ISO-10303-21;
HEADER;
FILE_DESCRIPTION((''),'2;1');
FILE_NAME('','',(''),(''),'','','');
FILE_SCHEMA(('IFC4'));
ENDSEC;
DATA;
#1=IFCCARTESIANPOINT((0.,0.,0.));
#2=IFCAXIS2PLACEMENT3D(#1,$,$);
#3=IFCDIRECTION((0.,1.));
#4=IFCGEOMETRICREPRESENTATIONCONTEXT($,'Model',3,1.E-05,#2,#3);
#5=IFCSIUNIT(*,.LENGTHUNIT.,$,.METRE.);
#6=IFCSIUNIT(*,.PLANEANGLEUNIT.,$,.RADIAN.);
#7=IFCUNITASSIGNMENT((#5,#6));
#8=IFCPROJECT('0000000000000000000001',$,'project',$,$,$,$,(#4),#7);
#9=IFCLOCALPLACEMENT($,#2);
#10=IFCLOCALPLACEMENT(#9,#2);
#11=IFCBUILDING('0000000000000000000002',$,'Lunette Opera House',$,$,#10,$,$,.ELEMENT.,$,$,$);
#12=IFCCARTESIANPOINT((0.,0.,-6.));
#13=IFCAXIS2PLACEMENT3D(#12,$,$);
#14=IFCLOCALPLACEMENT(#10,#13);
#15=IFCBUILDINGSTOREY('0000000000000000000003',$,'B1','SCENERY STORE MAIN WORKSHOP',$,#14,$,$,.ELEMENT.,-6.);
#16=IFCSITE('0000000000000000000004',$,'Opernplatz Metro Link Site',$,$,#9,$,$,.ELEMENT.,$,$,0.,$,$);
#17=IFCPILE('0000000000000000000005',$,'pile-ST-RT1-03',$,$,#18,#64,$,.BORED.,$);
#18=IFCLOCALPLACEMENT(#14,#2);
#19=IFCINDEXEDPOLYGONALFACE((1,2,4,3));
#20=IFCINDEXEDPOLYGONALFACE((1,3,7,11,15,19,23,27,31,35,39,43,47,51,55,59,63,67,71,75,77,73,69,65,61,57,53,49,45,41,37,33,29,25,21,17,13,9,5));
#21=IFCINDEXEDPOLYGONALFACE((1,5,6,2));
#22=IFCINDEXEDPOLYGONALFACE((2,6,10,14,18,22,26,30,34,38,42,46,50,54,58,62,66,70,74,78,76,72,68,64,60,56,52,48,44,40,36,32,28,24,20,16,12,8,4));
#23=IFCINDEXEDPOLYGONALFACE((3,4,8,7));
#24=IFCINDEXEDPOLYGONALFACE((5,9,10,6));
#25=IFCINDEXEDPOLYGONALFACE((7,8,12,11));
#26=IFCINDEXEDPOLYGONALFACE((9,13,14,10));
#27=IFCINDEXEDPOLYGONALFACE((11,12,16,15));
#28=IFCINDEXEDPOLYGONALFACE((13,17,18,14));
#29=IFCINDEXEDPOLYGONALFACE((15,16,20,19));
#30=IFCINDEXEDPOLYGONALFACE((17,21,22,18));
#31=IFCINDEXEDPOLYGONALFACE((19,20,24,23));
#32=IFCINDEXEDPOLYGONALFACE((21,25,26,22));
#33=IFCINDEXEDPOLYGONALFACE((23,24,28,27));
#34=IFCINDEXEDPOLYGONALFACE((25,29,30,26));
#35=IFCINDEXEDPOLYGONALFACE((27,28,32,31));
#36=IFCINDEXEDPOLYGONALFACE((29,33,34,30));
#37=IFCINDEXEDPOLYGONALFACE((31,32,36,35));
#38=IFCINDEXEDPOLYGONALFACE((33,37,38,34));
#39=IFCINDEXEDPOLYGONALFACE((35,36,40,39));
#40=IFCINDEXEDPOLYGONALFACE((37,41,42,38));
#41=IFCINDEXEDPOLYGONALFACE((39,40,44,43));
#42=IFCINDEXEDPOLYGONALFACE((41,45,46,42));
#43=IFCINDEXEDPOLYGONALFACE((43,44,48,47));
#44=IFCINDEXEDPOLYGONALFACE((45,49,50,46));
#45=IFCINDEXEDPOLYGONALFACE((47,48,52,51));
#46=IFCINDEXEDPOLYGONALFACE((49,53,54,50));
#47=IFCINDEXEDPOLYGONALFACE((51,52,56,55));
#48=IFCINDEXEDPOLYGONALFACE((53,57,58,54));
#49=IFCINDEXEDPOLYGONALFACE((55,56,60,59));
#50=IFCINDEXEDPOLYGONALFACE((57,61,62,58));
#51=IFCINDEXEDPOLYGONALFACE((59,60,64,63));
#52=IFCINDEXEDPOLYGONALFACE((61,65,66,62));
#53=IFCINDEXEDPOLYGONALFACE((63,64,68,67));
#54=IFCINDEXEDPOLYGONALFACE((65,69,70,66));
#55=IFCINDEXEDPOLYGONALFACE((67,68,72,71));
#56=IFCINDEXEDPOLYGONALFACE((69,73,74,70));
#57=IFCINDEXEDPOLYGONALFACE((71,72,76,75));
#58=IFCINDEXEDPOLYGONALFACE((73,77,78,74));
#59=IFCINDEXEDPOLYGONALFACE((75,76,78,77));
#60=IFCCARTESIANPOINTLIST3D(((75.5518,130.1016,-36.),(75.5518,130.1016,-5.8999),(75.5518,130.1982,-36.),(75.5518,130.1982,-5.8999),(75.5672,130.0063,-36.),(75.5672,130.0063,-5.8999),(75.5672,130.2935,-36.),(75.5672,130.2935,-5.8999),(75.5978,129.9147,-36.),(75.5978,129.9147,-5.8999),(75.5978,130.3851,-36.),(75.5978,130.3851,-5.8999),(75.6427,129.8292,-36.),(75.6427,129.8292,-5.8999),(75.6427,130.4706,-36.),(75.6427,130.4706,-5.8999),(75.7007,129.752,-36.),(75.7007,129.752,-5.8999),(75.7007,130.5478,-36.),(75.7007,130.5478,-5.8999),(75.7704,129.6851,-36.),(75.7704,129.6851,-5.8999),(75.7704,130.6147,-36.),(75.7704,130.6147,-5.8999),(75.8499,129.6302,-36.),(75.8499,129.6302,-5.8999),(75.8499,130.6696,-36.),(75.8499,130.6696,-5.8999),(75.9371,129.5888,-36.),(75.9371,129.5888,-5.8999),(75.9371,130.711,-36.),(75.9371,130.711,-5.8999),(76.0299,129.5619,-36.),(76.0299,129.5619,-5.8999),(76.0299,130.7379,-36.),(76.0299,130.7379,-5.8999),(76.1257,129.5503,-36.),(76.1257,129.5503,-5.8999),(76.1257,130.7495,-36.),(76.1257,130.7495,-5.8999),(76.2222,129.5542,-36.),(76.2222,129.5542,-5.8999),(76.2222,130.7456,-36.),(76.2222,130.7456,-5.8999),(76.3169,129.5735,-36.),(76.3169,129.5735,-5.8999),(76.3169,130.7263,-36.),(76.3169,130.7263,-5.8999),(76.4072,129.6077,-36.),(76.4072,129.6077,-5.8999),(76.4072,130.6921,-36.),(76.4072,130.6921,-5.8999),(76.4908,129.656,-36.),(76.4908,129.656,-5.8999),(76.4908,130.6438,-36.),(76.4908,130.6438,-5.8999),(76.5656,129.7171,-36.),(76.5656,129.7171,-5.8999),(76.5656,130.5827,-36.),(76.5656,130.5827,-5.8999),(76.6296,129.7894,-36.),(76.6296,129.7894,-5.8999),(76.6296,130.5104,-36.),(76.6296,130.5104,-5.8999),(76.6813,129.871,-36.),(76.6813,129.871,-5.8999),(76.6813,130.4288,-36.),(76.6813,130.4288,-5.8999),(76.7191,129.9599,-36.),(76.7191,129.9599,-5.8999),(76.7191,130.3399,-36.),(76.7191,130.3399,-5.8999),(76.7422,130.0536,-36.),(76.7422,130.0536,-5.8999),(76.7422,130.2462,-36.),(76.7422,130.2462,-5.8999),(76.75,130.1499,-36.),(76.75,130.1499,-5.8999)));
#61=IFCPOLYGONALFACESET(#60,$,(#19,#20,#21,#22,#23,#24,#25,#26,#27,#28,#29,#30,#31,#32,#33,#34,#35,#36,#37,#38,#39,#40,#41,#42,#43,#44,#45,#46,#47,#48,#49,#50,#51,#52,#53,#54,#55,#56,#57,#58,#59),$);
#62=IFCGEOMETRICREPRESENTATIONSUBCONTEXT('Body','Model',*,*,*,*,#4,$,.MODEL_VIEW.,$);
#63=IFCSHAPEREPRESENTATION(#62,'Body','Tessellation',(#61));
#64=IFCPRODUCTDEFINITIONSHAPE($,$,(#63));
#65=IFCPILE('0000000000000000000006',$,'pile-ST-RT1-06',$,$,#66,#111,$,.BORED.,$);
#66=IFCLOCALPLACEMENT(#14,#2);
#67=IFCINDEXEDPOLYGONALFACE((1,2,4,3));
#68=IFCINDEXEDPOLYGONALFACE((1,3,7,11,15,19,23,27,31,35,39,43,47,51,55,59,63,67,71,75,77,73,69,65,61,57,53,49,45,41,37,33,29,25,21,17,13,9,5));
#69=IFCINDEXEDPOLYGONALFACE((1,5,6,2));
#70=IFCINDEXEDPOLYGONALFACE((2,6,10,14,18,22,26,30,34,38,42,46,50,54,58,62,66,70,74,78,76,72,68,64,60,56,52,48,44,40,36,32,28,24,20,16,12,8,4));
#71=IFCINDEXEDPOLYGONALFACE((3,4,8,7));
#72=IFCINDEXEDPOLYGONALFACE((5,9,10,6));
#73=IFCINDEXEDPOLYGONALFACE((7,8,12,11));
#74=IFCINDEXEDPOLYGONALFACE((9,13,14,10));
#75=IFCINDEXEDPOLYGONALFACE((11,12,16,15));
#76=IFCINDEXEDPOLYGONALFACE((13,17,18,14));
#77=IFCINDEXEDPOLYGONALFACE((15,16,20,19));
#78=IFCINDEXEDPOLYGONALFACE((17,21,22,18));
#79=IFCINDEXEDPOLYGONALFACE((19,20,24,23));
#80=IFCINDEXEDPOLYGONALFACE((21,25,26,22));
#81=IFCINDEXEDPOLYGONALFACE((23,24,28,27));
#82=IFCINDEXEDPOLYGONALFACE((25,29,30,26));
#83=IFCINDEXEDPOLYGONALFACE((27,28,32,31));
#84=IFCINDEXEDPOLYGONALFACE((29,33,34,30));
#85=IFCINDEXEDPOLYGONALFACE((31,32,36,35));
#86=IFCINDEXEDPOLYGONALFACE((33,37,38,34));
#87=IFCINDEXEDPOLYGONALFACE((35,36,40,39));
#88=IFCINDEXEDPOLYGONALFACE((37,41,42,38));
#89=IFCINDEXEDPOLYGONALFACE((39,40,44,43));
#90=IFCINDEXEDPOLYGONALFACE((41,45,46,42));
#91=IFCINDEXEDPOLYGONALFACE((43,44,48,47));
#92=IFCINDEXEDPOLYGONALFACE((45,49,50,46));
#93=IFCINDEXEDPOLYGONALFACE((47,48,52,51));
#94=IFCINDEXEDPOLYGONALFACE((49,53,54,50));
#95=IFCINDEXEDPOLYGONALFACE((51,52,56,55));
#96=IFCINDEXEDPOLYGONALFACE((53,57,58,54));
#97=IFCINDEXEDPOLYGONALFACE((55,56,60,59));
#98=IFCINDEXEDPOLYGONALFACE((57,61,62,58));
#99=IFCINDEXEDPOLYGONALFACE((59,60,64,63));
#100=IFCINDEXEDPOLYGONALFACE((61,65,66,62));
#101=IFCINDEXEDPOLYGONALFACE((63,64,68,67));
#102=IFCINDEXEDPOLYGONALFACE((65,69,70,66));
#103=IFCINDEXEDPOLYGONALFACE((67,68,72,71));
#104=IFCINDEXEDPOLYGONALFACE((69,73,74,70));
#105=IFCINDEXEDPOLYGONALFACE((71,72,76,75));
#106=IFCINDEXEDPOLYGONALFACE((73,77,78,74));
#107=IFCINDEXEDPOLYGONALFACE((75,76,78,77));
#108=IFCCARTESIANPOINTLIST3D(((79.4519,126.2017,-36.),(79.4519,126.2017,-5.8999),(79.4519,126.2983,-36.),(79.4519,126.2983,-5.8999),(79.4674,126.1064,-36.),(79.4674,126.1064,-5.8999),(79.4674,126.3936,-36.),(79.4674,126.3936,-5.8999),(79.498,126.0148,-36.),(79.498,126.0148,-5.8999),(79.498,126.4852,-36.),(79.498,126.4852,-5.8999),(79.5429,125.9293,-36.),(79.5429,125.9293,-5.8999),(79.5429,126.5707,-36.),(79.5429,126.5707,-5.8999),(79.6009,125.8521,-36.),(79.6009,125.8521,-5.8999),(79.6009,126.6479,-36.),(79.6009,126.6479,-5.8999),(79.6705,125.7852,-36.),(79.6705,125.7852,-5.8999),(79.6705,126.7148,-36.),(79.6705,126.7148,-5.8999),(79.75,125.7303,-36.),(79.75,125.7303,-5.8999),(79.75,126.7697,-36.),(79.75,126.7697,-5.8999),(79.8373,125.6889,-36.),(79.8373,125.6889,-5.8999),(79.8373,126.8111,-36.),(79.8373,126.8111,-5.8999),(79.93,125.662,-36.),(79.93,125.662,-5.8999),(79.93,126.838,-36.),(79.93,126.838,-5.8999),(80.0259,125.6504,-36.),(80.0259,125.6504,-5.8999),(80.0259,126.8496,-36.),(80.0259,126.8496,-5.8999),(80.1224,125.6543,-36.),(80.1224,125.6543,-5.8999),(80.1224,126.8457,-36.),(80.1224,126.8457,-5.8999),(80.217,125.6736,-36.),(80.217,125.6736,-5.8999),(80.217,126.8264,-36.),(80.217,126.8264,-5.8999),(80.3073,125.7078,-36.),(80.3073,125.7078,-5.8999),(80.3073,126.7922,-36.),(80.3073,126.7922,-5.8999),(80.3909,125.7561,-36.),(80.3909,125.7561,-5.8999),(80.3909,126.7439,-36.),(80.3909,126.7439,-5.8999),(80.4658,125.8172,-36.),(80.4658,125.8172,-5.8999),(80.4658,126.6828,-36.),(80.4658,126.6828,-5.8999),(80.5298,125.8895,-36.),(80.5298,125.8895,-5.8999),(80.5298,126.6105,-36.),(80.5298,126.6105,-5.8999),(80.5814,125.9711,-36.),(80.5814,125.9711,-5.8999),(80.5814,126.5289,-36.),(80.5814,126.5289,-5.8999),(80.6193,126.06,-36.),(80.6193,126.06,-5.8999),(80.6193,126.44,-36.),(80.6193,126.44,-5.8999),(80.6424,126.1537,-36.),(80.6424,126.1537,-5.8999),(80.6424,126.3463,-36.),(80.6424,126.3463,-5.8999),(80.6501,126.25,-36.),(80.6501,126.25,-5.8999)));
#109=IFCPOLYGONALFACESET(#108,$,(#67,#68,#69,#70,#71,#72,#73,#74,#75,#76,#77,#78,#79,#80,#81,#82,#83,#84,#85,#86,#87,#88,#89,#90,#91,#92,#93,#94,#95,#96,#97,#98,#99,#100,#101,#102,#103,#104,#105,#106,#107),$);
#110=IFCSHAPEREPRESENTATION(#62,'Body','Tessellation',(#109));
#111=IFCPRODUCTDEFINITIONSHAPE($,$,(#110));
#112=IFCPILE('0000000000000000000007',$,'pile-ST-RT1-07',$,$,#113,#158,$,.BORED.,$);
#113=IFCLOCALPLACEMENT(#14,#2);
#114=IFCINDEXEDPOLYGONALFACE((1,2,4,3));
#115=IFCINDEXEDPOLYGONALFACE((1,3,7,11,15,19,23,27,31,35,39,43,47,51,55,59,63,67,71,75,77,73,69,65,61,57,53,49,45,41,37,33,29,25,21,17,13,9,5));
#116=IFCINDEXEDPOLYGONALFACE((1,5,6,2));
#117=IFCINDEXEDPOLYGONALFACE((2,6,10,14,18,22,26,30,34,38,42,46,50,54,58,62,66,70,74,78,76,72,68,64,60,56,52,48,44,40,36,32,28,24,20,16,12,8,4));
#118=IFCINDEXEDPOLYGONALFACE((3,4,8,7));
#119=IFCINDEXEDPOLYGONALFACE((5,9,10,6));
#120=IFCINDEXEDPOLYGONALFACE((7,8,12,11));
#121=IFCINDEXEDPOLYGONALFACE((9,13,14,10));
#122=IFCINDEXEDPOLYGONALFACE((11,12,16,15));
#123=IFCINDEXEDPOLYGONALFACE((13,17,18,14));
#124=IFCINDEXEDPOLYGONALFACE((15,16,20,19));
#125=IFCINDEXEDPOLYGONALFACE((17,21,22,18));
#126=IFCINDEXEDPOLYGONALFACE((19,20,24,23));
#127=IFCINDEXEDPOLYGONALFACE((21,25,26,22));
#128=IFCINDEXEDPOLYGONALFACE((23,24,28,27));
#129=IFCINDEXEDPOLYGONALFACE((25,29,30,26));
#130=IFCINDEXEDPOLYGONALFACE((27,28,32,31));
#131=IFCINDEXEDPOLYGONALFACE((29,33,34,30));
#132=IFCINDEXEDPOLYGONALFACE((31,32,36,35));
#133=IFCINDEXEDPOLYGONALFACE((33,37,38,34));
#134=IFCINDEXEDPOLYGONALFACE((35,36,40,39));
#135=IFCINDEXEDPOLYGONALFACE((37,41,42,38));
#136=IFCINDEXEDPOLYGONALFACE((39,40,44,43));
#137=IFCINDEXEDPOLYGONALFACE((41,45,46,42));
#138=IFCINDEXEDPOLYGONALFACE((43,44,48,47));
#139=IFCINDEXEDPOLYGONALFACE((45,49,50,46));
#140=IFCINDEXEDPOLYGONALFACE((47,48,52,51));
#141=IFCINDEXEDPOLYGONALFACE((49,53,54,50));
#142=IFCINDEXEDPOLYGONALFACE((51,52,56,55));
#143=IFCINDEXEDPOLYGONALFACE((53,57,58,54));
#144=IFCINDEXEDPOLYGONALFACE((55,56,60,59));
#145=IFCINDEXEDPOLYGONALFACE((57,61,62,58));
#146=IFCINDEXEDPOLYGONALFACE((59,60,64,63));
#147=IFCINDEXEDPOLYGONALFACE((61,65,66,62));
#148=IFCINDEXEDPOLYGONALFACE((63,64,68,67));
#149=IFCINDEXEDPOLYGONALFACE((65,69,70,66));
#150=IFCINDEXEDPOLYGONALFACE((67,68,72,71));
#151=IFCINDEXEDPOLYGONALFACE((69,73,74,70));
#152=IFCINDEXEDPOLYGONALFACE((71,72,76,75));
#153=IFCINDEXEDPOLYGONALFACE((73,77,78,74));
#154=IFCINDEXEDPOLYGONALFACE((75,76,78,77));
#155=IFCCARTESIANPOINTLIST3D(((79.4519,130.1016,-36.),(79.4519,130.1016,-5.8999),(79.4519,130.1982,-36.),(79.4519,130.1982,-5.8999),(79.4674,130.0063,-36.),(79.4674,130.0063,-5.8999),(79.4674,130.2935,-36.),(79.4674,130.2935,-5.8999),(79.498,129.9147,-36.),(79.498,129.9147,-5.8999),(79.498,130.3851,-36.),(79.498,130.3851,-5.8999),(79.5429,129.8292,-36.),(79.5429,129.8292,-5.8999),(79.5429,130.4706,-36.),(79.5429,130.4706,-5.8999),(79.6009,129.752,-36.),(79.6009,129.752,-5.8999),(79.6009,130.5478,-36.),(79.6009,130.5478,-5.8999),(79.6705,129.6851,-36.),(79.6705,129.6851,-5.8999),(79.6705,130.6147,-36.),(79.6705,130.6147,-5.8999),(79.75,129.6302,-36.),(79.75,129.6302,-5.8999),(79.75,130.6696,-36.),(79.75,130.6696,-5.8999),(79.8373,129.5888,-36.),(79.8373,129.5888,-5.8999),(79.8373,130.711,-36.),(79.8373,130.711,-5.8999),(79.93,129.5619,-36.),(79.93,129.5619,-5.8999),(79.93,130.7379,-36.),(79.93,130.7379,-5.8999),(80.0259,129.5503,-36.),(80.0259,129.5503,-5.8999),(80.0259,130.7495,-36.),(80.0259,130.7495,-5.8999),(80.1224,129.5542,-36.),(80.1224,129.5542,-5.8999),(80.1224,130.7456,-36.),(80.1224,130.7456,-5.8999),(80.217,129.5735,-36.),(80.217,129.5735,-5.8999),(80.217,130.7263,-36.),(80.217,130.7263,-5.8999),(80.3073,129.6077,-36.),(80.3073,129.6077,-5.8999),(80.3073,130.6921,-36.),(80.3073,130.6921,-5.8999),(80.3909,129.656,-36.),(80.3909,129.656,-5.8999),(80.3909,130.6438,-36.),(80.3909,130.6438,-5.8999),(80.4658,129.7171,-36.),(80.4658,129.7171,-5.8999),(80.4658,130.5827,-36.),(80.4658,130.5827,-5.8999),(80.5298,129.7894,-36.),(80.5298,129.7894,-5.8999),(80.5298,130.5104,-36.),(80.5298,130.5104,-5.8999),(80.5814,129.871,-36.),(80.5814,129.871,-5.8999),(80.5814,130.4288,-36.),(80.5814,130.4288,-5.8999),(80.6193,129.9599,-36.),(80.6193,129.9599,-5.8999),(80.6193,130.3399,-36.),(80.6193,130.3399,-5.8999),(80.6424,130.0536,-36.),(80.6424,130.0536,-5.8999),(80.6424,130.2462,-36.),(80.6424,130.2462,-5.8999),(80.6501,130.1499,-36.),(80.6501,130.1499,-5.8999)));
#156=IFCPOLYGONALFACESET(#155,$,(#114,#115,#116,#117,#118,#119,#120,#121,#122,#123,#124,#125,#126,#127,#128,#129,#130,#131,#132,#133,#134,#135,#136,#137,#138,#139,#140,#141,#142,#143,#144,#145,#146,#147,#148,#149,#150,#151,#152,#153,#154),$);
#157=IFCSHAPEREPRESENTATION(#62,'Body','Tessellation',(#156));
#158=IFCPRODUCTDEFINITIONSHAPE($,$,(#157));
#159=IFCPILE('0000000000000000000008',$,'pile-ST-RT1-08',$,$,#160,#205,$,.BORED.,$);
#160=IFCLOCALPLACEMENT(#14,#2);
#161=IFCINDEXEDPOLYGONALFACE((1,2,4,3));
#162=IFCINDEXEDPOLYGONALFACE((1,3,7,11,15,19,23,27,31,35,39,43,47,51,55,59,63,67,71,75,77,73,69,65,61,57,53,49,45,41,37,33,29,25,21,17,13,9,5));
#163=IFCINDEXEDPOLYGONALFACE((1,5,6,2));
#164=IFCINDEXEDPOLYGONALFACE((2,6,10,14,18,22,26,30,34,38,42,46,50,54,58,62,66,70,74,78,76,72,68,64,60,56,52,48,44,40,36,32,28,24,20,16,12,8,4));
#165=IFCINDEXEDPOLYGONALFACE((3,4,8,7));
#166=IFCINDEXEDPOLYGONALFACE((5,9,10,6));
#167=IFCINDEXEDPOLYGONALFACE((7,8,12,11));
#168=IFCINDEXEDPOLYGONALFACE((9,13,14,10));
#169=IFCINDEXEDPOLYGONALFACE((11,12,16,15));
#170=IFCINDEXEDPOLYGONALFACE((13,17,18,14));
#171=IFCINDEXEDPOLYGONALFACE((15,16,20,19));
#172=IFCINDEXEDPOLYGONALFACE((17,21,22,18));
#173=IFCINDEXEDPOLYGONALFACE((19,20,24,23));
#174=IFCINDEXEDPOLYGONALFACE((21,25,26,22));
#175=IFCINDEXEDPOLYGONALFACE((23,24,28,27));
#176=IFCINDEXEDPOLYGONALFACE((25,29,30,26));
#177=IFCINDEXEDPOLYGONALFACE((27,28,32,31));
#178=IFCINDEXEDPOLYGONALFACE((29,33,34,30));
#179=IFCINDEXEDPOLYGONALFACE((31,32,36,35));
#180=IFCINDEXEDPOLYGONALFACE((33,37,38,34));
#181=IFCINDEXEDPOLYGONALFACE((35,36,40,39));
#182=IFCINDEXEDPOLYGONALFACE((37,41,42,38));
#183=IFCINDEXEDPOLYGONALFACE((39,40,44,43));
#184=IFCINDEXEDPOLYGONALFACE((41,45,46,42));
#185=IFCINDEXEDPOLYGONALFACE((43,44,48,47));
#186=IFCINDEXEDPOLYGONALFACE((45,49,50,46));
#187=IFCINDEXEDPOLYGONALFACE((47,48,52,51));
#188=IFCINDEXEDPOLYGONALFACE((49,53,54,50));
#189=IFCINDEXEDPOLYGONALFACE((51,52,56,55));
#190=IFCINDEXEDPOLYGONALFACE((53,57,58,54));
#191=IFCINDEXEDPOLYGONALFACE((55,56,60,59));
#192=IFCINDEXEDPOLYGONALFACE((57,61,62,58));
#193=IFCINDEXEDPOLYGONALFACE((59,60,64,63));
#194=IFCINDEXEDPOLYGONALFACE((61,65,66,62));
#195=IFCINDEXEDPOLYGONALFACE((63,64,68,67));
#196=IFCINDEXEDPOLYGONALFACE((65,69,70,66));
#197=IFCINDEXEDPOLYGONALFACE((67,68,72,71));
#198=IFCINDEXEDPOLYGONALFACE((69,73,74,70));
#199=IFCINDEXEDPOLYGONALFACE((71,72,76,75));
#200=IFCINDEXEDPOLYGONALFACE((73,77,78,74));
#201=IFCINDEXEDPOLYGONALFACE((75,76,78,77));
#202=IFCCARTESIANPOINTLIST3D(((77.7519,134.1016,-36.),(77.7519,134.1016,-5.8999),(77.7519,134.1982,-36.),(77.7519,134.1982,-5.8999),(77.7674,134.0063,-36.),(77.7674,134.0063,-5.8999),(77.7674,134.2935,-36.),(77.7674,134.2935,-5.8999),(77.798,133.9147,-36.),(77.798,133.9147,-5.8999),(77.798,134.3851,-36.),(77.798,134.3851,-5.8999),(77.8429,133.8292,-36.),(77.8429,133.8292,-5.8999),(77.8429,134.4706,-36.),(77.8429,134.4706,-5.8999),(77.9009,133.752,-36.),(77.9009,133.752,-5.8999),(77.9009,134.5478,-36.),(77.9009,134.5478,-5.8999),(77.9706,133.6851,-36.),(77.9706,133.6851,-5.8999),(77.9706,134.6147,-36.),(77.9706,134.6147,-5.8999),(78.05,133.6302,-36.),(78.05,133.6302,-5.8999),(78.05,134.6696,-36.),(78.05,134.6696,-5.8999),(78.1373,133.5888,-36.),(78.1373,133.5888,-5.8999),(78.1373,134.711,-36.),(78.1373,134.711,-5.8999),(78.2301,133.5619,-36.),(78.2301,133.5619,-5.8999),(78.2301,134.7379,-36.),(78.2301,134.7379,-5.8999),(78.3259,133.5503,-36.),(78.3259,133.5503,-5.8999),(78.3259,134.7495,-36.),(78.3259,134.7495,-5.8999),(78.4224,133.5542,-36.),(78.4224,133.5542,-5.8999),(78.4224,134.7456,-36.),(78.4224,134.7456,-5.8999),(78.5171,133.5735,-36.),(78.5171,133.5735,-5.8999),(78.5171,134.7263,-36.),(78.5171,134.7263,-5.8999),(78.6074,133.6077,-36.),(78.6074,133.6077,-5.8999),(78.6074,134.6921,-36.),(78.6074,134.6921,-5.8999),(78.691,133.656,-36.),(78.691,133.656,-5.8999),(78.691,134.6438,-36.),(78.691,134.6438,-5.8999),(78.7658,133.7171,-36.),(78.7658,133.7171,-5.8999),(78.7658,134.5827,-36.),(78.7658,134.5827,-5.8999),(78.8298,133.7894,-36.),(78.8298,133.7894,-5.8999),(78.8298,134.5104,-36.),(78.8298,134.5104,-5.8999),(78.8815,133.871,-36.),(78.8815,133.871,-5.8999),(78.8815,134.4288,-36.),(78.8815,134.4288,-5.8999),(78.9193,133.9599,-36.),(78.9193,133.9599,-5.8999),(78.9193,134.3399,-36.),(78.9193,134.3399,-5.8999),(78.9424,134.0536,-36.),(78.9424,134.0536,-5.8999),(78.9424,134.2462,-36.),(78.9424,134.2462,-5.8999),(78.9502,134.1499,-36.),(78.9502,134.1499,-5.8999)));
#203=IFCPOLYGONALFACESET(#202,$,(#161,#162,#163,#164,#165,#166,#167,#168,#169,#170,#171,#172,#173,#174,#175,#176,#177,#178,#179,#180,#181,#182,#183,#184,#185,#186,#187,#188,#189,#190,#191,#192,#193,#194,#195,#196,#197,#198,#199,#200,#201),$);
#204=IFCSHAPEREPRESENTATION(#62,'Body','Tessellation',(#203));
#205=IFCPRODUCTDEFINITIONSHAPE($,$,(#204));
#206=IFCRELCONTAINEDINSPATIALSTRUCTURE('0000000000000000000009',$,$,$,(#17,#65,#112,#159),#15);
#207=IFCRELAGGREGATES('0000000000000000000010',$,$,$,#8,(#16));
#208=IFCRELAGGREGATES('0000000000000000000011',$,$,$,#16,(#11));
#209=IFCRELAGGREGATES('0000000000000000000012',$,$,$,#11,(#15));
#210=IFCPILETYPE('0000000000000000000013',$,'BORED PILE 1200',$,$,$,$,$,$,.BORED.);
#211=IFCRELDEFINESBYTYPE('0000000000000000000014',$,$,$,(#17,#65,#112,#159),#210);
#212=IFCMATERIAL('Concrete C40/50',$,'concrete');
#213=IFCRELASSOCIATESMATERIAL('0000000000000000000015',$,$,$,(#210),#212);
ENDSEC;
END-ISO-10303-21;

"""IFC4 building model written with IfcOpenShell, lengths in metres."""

from ifc_helpers import new_model, si_unit, direction, frame, origin, origin_2d, place, context, subcontext, project, spatial, circle, extrude, material, material_profile, profile_set, type_object, element, save


model = new_model("IFC4")

# Units and contexts
model_context = context("Model", 3, precision=1e-05, world=origin(), true_north=direction((0.0, 1.0)))
body_context = subcontext(model_context, "Body", "Model", "MODEL_VIEW")
ifc_project = project(units=[si_unit("LENGTHUNIT", "METRE"), si_unit("PLANEANGLEUNIT", "RADIAN")], contexts=[model_context])

# Site, building, storey
site_placement = place(None, origin())
site = spatial("IfcSite", under=ifc_project, at=site_placement, Name="Opernplatz Metro Link Site", CompositionType="ELEMENT", RefElevation=0.0)
building_placement = place(site_placement, origin())
building = spatial("IfcBuilding", under=site, at=building_placement, Name="Lunette Opera House", CompositionType="ELEMENT")
storey_placement = place(building_placement, frame((0.0, 0.0, -6.0)))
storey = spatial("IfcBuildingStorey", under=building, at=storey_placement, Name="B1", Description="SCENERY STORE MAIN WORKSHOP", CompositionType="ELEMENT", Elevation=-6.0)

# Piles
ifc_material_1 = material(Name="Concrete C40/50", Category="concrete")
ifc_material_profile = material_profile(ifc_material_1, circle(Radius=0.6001, at=origin_2d()), Name="BORED PILE 1200")
ifc_profile_set = profile_set([ifc_material_profile], Name="Concrete C40/50")
pile_type = type_object("IfcPileType", Name="BORED PILE 1200", PredefinedType="BORED", material=ifc_profile_set)
for number, where, z_axis, x_axis, name in (
    (1, (76.1499, 130.1499, -5.8999), (0.0, 0.0, -1.0), (1.0, 0.0, 0.0), "pile-ST-RT1-03"),
    (2, (80.05, 126.25, -5.8999), (0.0, 0.0, -1.0), (1.0, 0.0, 0.0), "pile-ST-RT1-06"),
    (3, (80.05, 130.1499, -5.8999), (0.0, 0.0, -1.0), (1.0, 0.0, 0.0), "pile-ST-RT1-07"),
    (4, (78.3501, 134.1499, -5.8999), (0.0, 0.0, -1.0), (1.0, 0.0, 0.0), "pile-ST-RT1-08"),
):
    element("IfcPile", number, at=place(storey_placement, frame(where, z_axis=z_axis, x_axis=x_axis)), inside=storey, type_object=pile_type, Name=name, PredefinedType="BORED", context=body_context, shape_type="SweptSolid", body=[
        extrude(circle(Radius=0.6001, at=origin_2d()), origin(), (0.0, 0.0, 1.0), 30.1001),
    ])

save(model, "model.ifc")
